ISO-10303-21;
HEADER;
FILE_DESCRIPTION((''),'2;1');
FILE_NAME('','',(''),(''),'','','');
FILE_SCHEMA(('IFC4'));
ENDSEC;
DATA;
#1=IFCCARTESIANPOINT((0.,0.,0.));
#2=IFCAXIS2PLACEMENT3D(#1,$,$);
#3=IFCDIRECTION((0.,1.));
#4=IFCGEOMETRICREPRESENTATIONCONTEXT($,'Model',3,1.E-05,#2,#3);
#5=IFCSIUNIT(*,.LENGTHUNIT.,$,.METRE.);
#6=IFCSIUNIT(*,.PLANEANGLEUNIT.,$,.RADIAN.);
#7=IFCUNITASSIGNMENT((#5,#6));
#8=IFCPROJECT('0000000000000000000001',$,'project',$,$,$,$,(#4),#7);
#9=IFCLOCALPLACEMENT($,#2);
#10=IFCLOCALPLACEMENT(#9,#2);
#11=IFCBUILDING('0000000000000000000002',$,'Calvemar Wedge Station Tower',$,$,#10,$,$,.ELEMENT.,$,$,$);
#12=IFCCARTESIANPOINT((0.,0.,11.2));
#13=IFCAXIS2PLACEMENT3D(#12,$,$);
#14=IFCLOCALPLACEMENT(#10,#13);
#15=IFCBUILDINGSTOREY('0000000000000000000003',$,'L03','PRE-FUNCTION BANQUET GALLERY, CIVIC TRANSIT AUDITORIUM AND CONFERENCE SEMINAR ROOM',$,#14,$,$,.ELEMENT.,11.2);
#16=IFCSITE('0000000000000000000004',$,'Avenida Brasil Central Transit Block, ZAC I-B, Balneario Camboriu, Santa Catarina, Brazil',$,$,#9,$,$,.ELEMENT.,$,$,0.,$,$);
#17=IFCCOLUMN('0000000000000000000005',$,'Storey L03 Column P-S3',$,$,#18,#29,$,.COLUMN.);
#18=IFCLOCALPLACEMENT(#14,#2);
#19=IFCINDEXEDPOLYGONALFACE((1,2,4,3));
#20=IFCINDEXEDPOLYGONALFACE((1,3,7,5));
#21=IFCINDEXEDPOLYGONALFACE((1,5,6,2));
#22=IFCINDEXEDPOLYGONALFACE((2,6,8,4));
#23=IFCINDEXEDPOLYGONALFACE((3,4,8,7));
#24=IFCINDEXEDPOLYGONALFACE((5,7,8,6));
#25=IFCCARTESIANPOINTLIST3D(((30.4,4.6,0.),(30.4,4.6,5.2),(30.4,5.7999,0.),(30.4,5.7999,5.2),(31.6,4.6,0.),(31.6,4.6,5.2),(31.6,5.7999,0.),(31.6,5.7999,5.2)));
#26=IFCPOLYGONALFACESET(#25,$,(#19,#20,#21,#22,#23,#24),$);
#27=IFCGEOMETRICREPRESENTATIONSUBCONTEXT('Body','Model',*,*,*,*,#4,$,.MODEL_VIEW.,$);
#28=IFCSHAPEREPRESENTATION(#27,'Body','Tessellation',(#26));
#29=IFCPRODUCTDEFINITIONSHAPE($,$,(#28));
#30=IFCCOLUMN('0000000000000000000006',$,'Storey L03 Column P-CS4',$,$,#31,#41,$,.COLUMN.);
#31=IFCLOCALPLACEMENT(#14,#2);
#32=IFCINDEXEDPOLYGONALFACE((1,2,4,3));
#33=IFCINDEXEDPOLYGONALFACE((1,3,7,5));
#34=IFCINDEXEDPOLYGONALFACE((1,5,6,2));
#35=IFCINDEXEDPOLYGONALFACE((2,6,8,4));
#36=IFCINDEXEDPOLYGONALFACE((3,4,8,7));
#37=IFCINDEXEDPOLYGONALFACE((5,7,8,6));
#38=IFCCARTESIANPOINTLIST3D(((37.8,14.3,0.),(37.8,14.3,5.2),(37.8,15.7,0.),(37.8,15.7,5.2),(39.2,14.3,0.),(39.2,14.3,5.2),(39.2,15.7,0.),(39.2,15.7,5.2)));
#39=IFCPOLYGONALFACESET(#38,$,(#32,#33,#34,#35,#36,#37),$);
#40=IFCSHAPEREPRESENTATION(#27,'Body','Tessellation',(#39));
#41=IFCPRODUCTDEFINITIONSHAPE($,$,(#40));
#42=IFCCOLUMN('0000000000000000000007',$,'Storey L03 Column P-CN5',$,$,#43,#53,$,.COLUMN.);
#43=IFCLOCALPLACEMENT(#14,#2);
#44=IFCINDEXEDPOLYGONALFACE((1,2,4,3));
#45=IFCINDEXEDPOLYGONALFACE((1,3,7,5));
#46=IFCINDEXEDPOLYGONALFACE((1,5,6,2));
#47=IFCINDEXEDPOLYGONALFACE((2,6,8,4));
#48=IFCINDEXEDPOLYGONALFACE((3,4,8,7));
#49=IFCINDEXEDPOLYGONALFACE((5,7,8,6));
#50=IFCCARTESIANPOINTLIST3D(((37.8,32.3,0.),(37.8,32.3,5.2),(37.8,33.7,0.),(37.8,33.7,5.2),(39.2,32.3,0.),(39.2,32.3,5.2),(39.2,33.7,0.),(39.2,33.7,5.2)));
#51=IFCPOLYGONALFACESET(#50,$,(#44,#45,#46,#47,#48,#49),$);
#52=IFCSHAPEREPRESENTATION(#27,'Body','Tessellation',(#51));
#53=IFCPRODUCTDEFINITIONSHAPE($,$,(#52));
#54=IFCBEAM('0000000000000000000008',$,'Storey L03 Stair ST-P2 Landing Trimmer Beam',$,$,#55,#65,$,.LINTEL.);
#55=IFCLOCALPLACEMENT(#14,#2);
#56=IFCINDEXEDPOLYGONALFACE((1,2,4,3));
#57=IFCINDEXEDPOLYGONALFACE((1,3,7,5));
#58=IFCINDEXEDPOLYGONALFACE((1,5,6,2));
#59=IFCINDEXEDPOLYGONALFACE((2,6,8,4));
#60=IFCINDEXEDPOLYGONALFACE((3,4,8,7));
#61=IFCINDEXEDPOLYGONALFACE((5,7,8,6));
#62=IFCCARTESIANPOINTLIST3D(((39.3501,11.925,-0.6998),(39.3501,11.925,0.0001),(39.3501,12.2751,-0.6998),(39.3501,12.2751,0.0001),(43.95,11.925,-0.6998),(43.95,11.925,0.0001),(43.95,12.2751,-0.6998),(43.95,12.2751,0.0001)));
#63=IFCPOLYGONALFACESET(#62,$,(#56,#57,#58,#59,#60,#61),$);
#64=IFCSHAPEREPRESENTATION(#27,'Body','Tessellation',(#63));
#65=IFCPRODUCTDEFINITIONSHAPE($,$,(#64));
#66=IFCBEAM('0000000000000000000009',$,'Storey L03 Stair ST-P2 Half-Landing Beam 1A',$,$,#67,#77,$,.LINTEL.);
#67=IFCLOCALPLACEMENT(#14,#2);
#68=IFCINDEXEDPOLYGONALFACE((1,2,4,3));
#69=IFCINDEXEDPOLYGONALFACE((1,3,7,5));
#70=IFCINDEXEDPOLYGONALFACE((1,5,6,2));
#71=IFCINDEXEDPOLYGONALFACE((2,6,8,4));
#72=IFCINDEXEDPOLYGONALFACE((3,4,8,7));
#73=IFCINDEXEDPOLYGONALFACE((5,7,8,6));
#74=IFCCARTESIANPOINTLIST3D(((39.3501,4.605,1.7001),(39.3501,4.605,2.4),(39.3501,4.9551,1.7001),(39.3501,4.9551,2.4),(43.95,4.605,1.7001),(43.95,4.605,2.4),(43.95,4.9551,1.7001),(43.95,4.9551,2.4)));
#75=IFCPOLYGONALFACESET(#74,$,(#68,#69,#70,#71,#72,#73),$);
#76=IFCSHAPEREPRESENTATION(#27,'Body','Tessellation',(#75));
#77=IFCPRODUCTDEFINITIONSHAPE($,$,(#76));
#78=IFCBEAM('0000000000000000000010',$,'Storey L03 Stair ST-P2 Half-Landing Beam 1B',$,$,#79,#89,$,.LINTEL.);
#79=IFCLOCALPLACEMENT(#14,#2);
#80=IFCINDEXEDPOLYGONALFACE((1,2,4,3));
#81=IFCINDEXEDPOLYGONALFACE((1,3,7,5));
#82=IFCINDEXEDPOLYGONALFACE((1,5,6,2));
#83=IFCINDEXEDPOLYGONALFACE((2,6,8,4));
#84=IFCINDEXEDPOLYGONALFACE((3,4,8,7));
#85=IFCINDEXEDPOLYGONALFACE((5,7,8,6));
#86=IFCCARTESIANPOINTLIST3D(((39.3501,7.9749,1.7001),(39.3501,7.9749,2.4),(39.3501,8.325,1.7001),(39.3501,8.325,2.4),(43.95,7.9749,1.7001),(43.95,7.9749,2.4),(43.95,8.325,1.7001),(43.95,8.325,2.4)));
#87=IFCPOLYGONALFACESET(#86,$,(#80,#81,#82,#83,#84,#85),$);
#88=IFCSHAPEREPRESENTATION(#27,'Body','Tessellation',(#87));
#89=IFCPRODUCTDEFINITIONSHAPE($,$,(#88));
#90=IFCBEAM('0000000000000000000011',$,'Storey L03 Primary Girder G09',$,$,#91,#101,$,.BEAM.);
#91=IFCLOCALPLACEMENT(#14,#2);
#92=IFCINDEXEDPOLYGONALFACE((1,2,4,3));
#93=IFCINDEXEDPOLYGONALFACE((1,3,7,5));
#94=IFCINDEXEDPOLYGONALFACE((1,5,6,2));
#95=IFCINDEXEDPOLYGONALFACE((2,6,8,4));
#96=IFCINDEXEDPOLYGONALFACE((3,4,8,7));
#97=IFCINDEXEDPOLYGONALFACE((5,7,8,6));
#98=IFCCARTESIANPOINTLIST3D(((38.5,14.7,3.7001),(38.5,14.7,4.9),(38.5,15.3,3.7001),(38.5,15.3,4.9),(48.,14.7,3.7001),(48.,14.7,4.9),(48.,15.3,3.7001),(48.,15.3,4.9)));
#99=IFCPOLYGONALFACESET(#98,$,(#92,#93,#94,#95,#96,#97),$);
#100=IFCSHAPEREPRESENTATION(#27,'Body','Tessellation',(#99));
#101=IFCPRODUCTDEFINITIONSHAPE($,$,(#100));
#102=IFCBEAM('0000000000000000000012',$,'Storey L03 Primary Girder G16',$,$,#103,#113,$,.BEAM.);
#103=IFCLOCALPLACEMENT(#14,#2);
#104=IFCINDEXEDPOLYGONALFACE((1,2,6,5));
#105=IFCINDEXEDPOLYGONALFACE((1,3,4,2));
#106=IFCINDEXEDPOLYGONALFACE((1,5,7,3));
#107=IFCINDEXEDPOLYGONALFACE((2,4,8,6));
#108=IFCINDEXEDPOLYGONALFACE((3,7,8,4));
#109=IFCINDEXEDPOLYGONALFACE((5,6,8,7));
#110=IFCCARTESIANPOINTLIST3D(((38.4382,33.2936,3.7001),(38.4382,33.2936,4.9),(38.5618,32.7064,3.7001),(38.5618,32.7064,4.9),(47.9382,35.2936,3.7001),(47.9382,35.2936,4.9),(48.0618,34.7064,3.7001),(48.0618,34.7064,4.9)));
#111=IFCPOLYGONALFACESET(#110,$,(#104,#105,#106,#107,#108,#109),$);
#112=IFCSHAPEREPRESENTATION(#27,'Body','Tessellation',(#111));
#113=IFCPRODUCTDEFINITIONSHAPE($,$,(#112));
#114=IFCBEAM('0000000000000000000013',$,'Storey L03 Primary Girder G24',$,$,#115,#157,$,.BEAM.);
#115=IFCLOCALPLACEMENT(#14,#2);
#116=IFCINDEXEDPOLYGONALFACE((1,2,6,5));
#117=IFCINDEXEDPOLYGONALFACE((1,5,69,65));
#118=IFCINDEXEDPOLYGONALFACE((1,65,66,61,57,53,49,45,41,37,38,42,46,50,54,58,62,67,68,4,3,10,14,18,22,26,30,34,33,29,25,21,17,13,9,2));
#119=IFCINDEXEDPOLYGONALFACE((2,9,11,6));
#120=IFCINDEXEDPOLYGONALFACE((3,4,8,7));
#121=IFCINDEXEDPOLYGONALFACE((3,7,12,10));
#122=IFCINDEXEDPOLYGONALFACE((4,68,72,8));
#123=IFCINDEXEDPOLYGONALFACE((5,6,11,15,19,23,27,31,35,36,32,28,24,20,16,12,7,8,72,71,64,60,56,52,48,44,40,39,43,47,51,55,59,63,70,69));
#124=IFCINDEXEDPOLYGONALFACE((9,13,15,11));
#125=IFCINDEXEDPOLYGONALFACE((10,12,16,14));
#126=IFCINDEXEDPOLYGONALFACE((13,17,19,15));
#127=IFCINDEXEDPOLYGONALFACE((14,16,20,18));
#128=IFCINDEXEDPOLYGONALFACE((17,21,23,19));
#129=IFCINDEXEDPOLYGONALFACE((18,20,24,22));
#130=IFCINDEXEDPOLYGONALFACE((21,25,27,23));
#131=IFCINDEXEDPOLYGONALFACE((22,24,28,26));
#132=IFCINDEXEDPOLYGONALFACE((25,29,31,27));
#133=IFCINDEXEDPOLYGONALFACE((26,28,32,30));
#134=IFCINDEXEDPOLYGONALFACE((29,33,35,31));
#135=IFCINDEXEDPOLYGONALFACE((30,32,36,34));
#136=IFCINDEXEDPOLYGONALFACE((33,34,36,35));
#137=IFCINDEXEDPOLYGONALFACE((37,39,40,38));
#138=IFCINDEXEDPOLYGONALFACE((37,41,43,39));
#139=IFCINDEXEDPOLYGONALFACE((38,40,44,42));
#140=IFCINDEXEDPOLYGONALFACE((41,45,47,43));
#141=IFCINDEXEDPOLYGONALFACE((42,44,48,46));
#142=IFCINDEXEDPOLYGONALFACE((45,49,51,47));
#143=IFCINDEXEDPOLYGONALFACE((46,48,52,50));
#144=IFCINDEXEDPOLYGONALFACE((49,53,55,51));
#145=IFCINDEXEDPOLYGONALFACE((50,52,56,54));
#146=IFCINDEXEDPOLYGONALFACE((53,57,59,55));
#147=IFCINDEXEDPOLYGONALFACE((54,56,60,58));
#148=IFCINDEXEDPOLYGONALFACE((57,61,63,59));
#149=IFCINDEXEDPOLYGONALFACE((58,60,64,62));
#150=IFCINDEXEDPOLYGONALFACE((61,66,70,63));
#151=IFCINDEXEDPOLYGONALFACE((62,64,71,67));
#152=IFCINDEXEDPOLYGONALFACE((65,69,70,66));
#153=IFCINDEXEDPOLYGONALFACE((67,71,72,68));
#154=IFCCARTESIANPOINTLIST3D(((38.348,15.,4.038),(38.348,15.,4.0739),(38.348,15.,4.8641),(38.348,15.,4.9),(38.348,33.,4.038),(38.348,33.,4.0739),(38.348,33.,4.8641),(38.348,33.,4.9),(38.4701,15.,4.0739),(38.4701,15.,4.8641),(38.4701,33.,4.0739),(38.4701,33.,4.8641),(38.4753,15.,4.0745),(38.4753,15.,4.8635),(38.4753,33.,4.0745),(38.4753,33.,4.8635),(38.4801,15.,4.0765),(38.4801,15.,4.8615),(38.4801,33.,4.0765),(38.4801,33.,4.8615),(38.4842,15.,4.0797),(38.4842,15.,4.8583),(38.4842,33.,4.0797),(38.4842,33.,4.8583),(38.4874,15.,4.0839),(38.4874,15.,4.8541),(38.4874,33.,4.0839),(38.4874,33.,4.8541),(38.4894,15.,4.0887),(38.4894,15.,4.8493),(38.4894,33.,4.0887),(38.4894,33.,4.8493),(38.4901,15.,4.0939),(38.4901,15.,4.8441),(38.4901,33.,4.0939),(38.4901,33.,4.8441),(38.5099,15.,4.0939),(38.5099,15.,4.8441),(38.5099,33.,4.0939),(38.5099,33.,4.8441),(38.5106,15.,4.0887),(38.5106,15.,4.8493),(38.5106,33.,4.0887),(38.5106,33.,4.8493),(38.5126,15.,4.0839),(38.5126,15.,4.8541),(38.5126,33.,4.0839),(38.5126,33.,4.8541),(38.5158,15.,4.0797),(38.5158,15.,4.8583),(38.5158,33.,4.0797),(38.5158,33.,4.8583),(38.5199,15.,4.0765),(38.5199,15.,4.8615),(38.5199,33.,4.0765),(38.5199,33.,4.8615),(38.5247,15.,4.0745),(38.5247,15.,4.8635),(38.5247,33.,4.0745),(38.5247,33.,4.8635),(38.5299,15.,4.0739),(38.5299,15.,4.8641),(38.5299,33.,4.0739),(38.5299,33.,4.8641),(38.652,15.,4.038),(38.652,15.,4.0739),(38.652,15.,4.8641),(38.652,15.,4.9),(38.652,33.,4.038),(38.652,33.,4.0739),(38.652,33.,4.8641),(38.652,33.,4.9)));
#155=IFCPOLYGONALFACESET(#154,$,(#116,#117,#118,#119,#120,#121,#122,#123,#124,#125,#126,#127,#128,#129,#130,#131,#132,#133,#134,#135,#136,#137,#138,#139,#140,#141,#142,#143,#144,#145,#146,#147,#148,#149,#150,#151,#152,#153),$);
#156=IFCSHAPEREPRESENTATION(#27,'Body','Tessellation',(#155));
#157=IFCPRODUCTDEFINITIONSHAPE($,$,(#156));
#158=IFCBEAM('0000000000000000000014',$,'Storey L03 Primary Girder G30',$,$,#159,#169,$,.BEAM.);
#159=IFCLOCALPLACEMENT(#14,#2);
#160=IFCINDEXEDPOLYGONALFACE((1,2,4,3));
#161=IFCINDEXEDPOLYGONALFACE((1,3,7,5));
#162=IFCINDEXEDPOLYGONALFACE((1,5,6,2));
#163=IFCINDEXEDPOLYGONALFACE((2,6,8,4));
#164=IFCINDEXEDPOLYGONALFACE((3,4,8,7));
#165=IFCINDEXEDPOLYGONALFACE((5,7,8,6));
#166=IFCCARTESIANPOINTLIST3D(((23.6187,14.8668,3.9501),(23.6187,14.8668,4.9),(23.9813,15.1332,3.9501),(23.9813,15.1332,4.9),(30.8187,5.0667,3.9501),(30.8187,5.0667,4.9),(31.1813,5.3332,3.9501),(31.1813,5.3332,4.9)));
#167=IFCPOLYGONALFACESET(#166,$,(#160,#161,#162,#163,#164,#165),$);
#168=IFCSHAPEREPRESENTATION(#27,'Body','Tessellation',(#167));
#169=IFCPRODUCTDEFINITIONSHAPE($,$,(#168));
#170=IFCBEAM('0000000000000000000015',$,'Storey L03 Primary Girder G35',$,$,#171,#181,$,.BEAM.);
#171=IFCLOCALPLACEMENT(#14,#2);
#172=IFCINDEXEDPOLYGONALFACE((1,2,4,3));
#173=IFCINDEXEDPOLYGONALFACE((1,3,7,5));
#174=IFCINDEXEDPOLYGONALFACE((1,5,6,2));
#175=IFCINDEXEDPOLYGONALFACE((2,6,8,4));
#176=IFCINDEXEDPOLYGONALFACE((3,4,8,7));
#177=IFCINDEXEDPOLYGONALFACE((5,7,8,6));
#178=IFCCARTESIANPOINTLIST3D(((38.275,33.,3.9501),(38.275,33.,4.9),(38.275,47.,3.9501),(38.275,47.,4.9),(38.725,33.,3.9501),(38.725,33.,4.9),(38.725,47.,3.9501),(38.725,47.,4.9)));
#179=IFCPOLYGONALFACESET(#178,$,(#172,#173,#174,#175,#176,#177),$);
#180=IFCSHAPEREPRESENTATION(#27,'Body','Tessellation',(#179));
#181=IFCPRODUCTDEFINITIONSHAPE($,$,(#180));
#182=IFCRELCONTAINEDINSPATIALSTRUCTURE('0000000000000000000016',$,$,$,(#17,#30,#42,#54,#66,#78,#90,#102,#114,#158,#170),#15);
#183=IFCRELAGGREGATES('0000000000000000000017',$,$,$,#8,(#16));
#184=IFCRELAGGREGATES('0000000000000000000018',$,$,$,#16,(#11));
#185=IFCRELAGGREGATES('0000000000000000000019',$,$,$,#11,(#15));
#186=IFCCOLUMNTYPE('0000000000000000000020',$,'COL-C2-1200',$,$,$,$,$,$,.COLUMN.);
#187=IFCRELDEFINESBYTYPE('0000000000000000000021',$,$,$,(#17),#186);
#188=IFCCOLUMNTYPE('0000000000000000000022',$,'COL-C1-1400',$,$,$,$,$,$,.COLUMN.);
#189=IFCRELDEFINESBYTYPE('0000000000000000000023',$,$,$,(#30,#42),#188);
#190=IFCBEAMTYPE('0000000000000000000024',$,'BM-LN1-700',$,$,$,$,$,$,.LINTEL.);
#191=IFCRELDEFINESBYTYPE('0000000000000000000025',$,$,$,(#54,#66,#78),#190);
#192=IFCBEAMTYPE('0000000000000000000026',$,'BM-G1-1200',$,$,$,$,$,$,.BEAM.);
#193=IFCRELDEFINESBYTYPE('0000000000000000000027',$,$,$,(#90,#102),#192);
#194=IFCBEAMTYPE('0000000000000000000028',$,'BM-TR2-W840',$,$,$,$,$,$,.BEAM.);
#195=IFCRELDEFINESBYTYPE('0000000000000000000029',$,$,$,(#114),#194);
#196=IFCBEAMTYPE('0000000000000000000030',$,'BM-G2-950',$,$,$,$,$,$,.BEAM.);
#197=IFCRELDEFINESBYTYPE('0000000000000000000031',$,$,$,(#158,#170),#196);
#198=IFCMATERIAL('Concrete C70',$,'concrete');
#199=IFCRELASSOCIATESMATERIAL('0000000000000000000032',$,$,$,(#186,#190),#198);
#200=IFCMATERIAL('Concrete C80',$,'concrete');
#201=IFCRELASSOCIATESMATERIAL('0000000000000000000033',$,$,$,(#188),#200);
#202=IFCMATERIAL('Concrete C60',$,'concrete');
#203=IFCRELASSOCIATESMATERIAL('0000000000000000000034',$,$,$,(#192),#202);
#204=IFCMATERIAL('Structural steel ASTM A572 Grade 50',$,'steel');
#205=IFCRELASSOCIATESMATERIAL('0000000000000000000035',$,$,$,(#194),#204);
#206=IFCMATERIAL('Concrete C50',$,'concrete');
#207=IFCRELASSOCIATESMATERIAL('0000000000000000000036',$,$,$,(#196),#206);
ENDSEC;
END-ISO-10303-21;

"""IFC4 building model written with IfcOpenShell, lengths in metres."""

from ifc_helpers import new_model, si_unit, direction, frame, origin, origin_2d, place, context, subcontext, project, spatial, rectangle, i_section, extrude, source, transform, mapped, material, material_profile, profile_set, type_object, element, save


model = new_model("IFC4")

# Units and contexts
model_context = context("Model", 3, precision=1e-05, world=origin(), true_north=direction((0.0, 1.0)))
body_context = subcontext(model_context, "Body", "Model", "MODEL_VIEW")
ifc_project = project(units=[si_unit("LENGTHUNIT", "METRE"), si_unit("PLANEANGLEUNIT", "RADIAN")], contexts=[model_context])

# Site, building, storey
site_placement = place(None, origin())
site = spatial("IfcSite", under=ifc_project, at=site_placement, Name="Avenida Brasil Central Transit Block, ZAC I-B, Balneario Camboriu, Santa Catarina, Brazil", CompositionType="ELEMENT", RefElevation=0.0)
building_placement = place(site_placement, origin())
building = spatial("IfcBuilding", under=site, at=building_placement, Name="Calvemar Wedge Station Tower", CompositionType="ELEMENT")
storey_placement = place(building_placement, frame((0.0, 0.0, 11.2)))
storey = spatial("IfcBuildingStorey", under=building, at=storey_placement, Name="L03", Description="PRE-FUNCTION BANQUET GALLERY, CIVIC TRANSIT AUDITORIUM AND CONFERENCE SEMINAR ROOM", CompositionType="ELEMENT", Elevation=11.2)

# Columns
ifc_material_1 = material(Name="Concrete C70", Category="concrete")
ifc_material_profile_1 = material_profile(ifc_material_1, rectangle(XDim=1.2, YDim=1.2, at=origin_2d()), Name="RC1200x1200")
ifc_profile_set_1 = profile_set([ifc_material_profile_1], Name="Concrete C70")
column_type_1 = type_object("IfcColumnType", Name="COL-C2-1200", PredefinedType="COLUMN", material=ifc_profile_set_1)
shared_shape_1 = source(origin(), body_context, "Body", "SweptSolid", [
    extrude(rectangle(XDim=1.2, YDim=1.2, at=origin_2d()), origin(), (0.0, 0.0, 1.0), 5.2),
])
column_placement = place(storey_placement, frame((31.0, 5.2, 0.0), z_axis=(0.0, 0.0, 1.0), x_axis=(1.0, 0.0, 0.0)))
element("IfcColumn", 1, at=column_placement, inside=storey, type_object=column_type_1, Name="Storey L03 Column P-S3", PredefinedType="COLUMN", context=body_context, shape_type="MappedRepresentation", body=[
    mapped(shared_shape_1, transform((0.0, 0.0, 0.0), scale=1.0)),
])
ifc_material_2 = material(Name="Concrete C80", Category="concrete")
ifc_material_profile_2 = material_profile(ifc_material_2, rectangle(XDim=1.3999, YDim=1.3999, at=origin_2d()), Name="RC1400x1400")
ifc_profile_set_2 = profile_set([ifc_material_profile_2], Name="Concrete C80")
column_type_2 = type_object("IfcColumnType", Name="COL-C1-1400", PredefinedType="COLUMN", material=ifc_profile_set_2)
shared_shape_2 = source(origin(), body_context, "Body", "SweptSolid", [
    extrude(rectangle(XDim=1.3999, YDim=1.3999, at=origin_2d()), origin(), (0.0, 0.0, 1.0), 5.2),
])
for number, where, z_axis, x_axis, name in (
    (2, (38.5, 15.0, 0.0), (0.0, 0.0, 1.0), (1.0, 0.0, 0.0), "Storey L03 Column P-CS4"),
    (3, (38.5, 33.0, 0.0), (0.0, 0.0, 1.0), (1.0, 0.0, 0.0), "Storey L03 Column P-CN5"),
):
    element("IfcColumn", number, at=place(storey_placement, frame(where, z_axis=z_axis, x_axis=x_axis)), inside=storey, type_object=column_type_2, Name=name, PredefinedType="COLUMN", context=body_context, shape_type="MappedRepresentation", body=[
        mapped(shared_shape_2, transform((0.0, 0.0, 0.0), scale=1.0)),
    ])

# Beams
ifc_material_profile_3 = material_profile(ifc_material_1, rectangle(XDim=0.3501, YDim=0.7, at=origin_2d()), Name="RC350x700")
ifc_profile_set_3 = profile_set([ifc_material_profile_3], Name="Concrete C70")
beam_type_1 = type_object("IfcBeamType", Name="BM-LN1-700", PredefinedType="LINTEL", material=ifc_profile_set_3)
shared_shape_3 = source(origin(), body_context, "Body", "SweptSolid", [
    extrude(rectangle(XDim=0.3501, YDim=0.7, at=origin_2d()), origin(), (0.0, 0.0, 1.0), 4.5999),
])
for number, where, z_axis, x_axis, name in (
    (4, (39.3501, 12.1001, -0.3499), (1.0, 0.0, 0.0), (0.0, 1.0, 0.0), "Storey L03 Stair ST-P2 Landing Trimmer Beam"),
    (5, (39.3501, 4.78, 2.05), (1.0, 0.0, 0.0), (0.0, 1.0, 0.0), "Storey L03 Stair ST-P2 Half-Landing Beam 1A"),
    (6, (39.3501, 8.1499, 2.05), (1.0, 0.0, 0.0), (0.0, 1.0, 0.0), "Storey L03 Stair ST-P2 Half-Landing Beam 1B"),
):
    element("IfcBeam", number, at=place(storey_placement, frame(where, z_axis=z_axis, x_axis=x_axis)), inside=storey, type_object=beam_type_1, Name=name, PredefinedType="LINTEL", context=body_context, shape_type="MappedRepresentation", body=[
        mapped(shared_shape_3, transform((0.0, 0.0, 0.0), scale=1.0)),
    ])
ifc_material_3 = material(Name="Concrete C60", Category="concrete")
ifc_material_profile_4 = material_profile(ifc_material_3, rectangle(XDim=0.6001, YDim=1.2, at=origin_2d()), Name="RC600x1200")
ifc_profile_set_4 = profile_set([ifc_material_profile_4], Name="Concrete C60")
beam_type_2 = type_object("IfcBeamType", Name="BM-G1-1200", PredefinedType="BEAM", material=ifc_profile_set_4)
shared_shape_4 = source(origin(), body_context, "Body", "SweptSolid", [
    extrude(rectangle(XDim=0.6001, YDim=1.2, at=origin_2d()), origin(), (0.0, 0.0, 1.0), 9.5),
])
beam_1_placement = place(storey_placement, frame((38.5, 15.0, 4.3), z_axis=(1.0, 0.0, 0.0), x_axis=(0.0, 1.0, 0.0)))
element("IfcBeam", 7, at=beam_1_placement, inside=storey, type_object=beam_type_2, Name="Storey L03 Primary Girder G09", PredefinedType="BEAM", context=body_context, shape_type="MappedRepresentation", body=[
    mapped(shared_shape_4, transform((0.0, 0.0, 0.0), scale=1.0)),
])
shared_shape_5 = source(origin(), body_context, "Body", "SweptSolid", [
    extrude(rectangle(XDim=0.6001, YDim=1.2, at=origin_2d()), origin(), (0.0, 0.0, 1.0), 9.7083),
])
beam_2_placement = place(storey_placement, frame((38.5, 33.0, 4.3), z_axis=(0.97855, 0.20601, 0.0), x_axis=(-0.20601, 0.97855, 0.0)))
element("IfcBeam", 8, at=beam_2_placement, inside=storey, type_object=beam_type_2, Name="Storey L03 Primary Girder G16", PredefinedType="BEAM", context=body_context, shape_type="MappedRepresentation", body=[
    mapped(shared_shape_5, transform((0.0, 0.0, 0.0), scale=1.0)),
])
ifc_material_4 = material(Name="Structural steel ASTM A572 Grade 50", Category="steel")
ifc_material_profile_5 = material_profile(ifc_material_4, i_section(OverallWidth=0.304, OverallDepth=0.8621, WebThickness=0.0198, FlangeThickness=0.0359, FilletRadius=0.02, at=origin_2d()), Name="W840x329")
ifc_profile_set_5 = profile_set([ifc_material_profile_5], Name="Structural steel ASTM A572 Grade 50")
beam_type_3 = type_object("IfcBeamType", Name="BM-TR2-W840", PredefinedType="BEAM", material=ifc_profile_set_5)
shared_shape_6 = source(origin(), body_context, "Body", "SweptSolid", [
    extrude(i_section(OverallWidth=0.304, OverallDepth=0.8621, WebThickness=0.0198, FlangeThickness=0.0359, FilletRadius=0.02, at=origin_2d()), origin(), (0.0, 0.0, 1.0), 18.0),
])
beam_3_placement = place(storey_placement, frame((38.5, 15.0, 4.469), z_axis=(0.0, 1.0, 0.0), x_axis=(-1.0, 0.0, 0.0)))
element("IfcBeam", 9, at=beam_3_placement, inside=storey, type_object=beam_type_3, Name="Storey L03 Primary Girder G24", PredefinedType="BEAM", context=body_context, shape_type="MappedRepresentation", body=[
    mapped(shared_shape_6, transform((0.0, 0.0, 0.0), scale=1.0)),
])
ifc_material_5 = material(Name="Concrete C50", Category="concrete")
ifc_material_profile_6 = material_profile(ifc_material_5, rectangle(XDim=0.45, YDim=0.95, at=origin_2d()), Name="RC450x950")
ifc_profile_set_6 = profile_set([ifc_material_profile_6], Name="Concrete C50")
beam_type_4 = type_object("IfcBeamType", Name="BM-G2-950", PredefinedType="BEAM", material=ifc_profile_set_6)
shared_shape_7 = source(origin(), body_context, "Body", "SweptSolid", [
    extrude(rectangle(XDim=0.45, YDim=0.95, at=origin_2d()), origin(), (0.0, 0.0, 1.0), 12.1606),
])
beam_4_placement = place(storey_placement, frame((31.0, 5.2, 4.425), z_axis=(-0.592072, 0.805885, 0.0), x_axis=(-0.805885, -0.592072, 0.0)))
element("IfcBeam", 10, at=beam_4_placement, inside=storey, type_object=beam_type_4, Name="Storey L03 Primary Girder G30", PredefinedType="BEAM", context=body_context, shape_type="MappedRepresentation", body=[
    mapped(shared_shape_7, transform((0.0, 0.0, 0.0), scale=1.0)),
])
shared_shape_8 = source(origin(), body_context, "Body", "SweptSolid", [
    extrude(rectangle(XDim=0.45, YDim=0.95, at=origin_2d()), origin(), (0.0, 0.0, 1.0), 14.0),
])
beam_5_placement = place(storey_placement, frame((38.5, 33.0, 4.425), z_axis=(0.0, 1.0, 0.0), x_axis=(-1.0, 0.0, 0.0)))
element("IfcBeam", 11, at=beam_5_placement, inside=storey, type_object=beam_type_4, Name="Storey L03 Primary Girder G35", PredefinedType="BEAM", context=body_context, shape_type="MappedRepresentation", body=[
    mapped(shared_shape_8, transform((0.0, 0.0, 0.0), scale=1.0)),
])

save(model, "model.ifc")
